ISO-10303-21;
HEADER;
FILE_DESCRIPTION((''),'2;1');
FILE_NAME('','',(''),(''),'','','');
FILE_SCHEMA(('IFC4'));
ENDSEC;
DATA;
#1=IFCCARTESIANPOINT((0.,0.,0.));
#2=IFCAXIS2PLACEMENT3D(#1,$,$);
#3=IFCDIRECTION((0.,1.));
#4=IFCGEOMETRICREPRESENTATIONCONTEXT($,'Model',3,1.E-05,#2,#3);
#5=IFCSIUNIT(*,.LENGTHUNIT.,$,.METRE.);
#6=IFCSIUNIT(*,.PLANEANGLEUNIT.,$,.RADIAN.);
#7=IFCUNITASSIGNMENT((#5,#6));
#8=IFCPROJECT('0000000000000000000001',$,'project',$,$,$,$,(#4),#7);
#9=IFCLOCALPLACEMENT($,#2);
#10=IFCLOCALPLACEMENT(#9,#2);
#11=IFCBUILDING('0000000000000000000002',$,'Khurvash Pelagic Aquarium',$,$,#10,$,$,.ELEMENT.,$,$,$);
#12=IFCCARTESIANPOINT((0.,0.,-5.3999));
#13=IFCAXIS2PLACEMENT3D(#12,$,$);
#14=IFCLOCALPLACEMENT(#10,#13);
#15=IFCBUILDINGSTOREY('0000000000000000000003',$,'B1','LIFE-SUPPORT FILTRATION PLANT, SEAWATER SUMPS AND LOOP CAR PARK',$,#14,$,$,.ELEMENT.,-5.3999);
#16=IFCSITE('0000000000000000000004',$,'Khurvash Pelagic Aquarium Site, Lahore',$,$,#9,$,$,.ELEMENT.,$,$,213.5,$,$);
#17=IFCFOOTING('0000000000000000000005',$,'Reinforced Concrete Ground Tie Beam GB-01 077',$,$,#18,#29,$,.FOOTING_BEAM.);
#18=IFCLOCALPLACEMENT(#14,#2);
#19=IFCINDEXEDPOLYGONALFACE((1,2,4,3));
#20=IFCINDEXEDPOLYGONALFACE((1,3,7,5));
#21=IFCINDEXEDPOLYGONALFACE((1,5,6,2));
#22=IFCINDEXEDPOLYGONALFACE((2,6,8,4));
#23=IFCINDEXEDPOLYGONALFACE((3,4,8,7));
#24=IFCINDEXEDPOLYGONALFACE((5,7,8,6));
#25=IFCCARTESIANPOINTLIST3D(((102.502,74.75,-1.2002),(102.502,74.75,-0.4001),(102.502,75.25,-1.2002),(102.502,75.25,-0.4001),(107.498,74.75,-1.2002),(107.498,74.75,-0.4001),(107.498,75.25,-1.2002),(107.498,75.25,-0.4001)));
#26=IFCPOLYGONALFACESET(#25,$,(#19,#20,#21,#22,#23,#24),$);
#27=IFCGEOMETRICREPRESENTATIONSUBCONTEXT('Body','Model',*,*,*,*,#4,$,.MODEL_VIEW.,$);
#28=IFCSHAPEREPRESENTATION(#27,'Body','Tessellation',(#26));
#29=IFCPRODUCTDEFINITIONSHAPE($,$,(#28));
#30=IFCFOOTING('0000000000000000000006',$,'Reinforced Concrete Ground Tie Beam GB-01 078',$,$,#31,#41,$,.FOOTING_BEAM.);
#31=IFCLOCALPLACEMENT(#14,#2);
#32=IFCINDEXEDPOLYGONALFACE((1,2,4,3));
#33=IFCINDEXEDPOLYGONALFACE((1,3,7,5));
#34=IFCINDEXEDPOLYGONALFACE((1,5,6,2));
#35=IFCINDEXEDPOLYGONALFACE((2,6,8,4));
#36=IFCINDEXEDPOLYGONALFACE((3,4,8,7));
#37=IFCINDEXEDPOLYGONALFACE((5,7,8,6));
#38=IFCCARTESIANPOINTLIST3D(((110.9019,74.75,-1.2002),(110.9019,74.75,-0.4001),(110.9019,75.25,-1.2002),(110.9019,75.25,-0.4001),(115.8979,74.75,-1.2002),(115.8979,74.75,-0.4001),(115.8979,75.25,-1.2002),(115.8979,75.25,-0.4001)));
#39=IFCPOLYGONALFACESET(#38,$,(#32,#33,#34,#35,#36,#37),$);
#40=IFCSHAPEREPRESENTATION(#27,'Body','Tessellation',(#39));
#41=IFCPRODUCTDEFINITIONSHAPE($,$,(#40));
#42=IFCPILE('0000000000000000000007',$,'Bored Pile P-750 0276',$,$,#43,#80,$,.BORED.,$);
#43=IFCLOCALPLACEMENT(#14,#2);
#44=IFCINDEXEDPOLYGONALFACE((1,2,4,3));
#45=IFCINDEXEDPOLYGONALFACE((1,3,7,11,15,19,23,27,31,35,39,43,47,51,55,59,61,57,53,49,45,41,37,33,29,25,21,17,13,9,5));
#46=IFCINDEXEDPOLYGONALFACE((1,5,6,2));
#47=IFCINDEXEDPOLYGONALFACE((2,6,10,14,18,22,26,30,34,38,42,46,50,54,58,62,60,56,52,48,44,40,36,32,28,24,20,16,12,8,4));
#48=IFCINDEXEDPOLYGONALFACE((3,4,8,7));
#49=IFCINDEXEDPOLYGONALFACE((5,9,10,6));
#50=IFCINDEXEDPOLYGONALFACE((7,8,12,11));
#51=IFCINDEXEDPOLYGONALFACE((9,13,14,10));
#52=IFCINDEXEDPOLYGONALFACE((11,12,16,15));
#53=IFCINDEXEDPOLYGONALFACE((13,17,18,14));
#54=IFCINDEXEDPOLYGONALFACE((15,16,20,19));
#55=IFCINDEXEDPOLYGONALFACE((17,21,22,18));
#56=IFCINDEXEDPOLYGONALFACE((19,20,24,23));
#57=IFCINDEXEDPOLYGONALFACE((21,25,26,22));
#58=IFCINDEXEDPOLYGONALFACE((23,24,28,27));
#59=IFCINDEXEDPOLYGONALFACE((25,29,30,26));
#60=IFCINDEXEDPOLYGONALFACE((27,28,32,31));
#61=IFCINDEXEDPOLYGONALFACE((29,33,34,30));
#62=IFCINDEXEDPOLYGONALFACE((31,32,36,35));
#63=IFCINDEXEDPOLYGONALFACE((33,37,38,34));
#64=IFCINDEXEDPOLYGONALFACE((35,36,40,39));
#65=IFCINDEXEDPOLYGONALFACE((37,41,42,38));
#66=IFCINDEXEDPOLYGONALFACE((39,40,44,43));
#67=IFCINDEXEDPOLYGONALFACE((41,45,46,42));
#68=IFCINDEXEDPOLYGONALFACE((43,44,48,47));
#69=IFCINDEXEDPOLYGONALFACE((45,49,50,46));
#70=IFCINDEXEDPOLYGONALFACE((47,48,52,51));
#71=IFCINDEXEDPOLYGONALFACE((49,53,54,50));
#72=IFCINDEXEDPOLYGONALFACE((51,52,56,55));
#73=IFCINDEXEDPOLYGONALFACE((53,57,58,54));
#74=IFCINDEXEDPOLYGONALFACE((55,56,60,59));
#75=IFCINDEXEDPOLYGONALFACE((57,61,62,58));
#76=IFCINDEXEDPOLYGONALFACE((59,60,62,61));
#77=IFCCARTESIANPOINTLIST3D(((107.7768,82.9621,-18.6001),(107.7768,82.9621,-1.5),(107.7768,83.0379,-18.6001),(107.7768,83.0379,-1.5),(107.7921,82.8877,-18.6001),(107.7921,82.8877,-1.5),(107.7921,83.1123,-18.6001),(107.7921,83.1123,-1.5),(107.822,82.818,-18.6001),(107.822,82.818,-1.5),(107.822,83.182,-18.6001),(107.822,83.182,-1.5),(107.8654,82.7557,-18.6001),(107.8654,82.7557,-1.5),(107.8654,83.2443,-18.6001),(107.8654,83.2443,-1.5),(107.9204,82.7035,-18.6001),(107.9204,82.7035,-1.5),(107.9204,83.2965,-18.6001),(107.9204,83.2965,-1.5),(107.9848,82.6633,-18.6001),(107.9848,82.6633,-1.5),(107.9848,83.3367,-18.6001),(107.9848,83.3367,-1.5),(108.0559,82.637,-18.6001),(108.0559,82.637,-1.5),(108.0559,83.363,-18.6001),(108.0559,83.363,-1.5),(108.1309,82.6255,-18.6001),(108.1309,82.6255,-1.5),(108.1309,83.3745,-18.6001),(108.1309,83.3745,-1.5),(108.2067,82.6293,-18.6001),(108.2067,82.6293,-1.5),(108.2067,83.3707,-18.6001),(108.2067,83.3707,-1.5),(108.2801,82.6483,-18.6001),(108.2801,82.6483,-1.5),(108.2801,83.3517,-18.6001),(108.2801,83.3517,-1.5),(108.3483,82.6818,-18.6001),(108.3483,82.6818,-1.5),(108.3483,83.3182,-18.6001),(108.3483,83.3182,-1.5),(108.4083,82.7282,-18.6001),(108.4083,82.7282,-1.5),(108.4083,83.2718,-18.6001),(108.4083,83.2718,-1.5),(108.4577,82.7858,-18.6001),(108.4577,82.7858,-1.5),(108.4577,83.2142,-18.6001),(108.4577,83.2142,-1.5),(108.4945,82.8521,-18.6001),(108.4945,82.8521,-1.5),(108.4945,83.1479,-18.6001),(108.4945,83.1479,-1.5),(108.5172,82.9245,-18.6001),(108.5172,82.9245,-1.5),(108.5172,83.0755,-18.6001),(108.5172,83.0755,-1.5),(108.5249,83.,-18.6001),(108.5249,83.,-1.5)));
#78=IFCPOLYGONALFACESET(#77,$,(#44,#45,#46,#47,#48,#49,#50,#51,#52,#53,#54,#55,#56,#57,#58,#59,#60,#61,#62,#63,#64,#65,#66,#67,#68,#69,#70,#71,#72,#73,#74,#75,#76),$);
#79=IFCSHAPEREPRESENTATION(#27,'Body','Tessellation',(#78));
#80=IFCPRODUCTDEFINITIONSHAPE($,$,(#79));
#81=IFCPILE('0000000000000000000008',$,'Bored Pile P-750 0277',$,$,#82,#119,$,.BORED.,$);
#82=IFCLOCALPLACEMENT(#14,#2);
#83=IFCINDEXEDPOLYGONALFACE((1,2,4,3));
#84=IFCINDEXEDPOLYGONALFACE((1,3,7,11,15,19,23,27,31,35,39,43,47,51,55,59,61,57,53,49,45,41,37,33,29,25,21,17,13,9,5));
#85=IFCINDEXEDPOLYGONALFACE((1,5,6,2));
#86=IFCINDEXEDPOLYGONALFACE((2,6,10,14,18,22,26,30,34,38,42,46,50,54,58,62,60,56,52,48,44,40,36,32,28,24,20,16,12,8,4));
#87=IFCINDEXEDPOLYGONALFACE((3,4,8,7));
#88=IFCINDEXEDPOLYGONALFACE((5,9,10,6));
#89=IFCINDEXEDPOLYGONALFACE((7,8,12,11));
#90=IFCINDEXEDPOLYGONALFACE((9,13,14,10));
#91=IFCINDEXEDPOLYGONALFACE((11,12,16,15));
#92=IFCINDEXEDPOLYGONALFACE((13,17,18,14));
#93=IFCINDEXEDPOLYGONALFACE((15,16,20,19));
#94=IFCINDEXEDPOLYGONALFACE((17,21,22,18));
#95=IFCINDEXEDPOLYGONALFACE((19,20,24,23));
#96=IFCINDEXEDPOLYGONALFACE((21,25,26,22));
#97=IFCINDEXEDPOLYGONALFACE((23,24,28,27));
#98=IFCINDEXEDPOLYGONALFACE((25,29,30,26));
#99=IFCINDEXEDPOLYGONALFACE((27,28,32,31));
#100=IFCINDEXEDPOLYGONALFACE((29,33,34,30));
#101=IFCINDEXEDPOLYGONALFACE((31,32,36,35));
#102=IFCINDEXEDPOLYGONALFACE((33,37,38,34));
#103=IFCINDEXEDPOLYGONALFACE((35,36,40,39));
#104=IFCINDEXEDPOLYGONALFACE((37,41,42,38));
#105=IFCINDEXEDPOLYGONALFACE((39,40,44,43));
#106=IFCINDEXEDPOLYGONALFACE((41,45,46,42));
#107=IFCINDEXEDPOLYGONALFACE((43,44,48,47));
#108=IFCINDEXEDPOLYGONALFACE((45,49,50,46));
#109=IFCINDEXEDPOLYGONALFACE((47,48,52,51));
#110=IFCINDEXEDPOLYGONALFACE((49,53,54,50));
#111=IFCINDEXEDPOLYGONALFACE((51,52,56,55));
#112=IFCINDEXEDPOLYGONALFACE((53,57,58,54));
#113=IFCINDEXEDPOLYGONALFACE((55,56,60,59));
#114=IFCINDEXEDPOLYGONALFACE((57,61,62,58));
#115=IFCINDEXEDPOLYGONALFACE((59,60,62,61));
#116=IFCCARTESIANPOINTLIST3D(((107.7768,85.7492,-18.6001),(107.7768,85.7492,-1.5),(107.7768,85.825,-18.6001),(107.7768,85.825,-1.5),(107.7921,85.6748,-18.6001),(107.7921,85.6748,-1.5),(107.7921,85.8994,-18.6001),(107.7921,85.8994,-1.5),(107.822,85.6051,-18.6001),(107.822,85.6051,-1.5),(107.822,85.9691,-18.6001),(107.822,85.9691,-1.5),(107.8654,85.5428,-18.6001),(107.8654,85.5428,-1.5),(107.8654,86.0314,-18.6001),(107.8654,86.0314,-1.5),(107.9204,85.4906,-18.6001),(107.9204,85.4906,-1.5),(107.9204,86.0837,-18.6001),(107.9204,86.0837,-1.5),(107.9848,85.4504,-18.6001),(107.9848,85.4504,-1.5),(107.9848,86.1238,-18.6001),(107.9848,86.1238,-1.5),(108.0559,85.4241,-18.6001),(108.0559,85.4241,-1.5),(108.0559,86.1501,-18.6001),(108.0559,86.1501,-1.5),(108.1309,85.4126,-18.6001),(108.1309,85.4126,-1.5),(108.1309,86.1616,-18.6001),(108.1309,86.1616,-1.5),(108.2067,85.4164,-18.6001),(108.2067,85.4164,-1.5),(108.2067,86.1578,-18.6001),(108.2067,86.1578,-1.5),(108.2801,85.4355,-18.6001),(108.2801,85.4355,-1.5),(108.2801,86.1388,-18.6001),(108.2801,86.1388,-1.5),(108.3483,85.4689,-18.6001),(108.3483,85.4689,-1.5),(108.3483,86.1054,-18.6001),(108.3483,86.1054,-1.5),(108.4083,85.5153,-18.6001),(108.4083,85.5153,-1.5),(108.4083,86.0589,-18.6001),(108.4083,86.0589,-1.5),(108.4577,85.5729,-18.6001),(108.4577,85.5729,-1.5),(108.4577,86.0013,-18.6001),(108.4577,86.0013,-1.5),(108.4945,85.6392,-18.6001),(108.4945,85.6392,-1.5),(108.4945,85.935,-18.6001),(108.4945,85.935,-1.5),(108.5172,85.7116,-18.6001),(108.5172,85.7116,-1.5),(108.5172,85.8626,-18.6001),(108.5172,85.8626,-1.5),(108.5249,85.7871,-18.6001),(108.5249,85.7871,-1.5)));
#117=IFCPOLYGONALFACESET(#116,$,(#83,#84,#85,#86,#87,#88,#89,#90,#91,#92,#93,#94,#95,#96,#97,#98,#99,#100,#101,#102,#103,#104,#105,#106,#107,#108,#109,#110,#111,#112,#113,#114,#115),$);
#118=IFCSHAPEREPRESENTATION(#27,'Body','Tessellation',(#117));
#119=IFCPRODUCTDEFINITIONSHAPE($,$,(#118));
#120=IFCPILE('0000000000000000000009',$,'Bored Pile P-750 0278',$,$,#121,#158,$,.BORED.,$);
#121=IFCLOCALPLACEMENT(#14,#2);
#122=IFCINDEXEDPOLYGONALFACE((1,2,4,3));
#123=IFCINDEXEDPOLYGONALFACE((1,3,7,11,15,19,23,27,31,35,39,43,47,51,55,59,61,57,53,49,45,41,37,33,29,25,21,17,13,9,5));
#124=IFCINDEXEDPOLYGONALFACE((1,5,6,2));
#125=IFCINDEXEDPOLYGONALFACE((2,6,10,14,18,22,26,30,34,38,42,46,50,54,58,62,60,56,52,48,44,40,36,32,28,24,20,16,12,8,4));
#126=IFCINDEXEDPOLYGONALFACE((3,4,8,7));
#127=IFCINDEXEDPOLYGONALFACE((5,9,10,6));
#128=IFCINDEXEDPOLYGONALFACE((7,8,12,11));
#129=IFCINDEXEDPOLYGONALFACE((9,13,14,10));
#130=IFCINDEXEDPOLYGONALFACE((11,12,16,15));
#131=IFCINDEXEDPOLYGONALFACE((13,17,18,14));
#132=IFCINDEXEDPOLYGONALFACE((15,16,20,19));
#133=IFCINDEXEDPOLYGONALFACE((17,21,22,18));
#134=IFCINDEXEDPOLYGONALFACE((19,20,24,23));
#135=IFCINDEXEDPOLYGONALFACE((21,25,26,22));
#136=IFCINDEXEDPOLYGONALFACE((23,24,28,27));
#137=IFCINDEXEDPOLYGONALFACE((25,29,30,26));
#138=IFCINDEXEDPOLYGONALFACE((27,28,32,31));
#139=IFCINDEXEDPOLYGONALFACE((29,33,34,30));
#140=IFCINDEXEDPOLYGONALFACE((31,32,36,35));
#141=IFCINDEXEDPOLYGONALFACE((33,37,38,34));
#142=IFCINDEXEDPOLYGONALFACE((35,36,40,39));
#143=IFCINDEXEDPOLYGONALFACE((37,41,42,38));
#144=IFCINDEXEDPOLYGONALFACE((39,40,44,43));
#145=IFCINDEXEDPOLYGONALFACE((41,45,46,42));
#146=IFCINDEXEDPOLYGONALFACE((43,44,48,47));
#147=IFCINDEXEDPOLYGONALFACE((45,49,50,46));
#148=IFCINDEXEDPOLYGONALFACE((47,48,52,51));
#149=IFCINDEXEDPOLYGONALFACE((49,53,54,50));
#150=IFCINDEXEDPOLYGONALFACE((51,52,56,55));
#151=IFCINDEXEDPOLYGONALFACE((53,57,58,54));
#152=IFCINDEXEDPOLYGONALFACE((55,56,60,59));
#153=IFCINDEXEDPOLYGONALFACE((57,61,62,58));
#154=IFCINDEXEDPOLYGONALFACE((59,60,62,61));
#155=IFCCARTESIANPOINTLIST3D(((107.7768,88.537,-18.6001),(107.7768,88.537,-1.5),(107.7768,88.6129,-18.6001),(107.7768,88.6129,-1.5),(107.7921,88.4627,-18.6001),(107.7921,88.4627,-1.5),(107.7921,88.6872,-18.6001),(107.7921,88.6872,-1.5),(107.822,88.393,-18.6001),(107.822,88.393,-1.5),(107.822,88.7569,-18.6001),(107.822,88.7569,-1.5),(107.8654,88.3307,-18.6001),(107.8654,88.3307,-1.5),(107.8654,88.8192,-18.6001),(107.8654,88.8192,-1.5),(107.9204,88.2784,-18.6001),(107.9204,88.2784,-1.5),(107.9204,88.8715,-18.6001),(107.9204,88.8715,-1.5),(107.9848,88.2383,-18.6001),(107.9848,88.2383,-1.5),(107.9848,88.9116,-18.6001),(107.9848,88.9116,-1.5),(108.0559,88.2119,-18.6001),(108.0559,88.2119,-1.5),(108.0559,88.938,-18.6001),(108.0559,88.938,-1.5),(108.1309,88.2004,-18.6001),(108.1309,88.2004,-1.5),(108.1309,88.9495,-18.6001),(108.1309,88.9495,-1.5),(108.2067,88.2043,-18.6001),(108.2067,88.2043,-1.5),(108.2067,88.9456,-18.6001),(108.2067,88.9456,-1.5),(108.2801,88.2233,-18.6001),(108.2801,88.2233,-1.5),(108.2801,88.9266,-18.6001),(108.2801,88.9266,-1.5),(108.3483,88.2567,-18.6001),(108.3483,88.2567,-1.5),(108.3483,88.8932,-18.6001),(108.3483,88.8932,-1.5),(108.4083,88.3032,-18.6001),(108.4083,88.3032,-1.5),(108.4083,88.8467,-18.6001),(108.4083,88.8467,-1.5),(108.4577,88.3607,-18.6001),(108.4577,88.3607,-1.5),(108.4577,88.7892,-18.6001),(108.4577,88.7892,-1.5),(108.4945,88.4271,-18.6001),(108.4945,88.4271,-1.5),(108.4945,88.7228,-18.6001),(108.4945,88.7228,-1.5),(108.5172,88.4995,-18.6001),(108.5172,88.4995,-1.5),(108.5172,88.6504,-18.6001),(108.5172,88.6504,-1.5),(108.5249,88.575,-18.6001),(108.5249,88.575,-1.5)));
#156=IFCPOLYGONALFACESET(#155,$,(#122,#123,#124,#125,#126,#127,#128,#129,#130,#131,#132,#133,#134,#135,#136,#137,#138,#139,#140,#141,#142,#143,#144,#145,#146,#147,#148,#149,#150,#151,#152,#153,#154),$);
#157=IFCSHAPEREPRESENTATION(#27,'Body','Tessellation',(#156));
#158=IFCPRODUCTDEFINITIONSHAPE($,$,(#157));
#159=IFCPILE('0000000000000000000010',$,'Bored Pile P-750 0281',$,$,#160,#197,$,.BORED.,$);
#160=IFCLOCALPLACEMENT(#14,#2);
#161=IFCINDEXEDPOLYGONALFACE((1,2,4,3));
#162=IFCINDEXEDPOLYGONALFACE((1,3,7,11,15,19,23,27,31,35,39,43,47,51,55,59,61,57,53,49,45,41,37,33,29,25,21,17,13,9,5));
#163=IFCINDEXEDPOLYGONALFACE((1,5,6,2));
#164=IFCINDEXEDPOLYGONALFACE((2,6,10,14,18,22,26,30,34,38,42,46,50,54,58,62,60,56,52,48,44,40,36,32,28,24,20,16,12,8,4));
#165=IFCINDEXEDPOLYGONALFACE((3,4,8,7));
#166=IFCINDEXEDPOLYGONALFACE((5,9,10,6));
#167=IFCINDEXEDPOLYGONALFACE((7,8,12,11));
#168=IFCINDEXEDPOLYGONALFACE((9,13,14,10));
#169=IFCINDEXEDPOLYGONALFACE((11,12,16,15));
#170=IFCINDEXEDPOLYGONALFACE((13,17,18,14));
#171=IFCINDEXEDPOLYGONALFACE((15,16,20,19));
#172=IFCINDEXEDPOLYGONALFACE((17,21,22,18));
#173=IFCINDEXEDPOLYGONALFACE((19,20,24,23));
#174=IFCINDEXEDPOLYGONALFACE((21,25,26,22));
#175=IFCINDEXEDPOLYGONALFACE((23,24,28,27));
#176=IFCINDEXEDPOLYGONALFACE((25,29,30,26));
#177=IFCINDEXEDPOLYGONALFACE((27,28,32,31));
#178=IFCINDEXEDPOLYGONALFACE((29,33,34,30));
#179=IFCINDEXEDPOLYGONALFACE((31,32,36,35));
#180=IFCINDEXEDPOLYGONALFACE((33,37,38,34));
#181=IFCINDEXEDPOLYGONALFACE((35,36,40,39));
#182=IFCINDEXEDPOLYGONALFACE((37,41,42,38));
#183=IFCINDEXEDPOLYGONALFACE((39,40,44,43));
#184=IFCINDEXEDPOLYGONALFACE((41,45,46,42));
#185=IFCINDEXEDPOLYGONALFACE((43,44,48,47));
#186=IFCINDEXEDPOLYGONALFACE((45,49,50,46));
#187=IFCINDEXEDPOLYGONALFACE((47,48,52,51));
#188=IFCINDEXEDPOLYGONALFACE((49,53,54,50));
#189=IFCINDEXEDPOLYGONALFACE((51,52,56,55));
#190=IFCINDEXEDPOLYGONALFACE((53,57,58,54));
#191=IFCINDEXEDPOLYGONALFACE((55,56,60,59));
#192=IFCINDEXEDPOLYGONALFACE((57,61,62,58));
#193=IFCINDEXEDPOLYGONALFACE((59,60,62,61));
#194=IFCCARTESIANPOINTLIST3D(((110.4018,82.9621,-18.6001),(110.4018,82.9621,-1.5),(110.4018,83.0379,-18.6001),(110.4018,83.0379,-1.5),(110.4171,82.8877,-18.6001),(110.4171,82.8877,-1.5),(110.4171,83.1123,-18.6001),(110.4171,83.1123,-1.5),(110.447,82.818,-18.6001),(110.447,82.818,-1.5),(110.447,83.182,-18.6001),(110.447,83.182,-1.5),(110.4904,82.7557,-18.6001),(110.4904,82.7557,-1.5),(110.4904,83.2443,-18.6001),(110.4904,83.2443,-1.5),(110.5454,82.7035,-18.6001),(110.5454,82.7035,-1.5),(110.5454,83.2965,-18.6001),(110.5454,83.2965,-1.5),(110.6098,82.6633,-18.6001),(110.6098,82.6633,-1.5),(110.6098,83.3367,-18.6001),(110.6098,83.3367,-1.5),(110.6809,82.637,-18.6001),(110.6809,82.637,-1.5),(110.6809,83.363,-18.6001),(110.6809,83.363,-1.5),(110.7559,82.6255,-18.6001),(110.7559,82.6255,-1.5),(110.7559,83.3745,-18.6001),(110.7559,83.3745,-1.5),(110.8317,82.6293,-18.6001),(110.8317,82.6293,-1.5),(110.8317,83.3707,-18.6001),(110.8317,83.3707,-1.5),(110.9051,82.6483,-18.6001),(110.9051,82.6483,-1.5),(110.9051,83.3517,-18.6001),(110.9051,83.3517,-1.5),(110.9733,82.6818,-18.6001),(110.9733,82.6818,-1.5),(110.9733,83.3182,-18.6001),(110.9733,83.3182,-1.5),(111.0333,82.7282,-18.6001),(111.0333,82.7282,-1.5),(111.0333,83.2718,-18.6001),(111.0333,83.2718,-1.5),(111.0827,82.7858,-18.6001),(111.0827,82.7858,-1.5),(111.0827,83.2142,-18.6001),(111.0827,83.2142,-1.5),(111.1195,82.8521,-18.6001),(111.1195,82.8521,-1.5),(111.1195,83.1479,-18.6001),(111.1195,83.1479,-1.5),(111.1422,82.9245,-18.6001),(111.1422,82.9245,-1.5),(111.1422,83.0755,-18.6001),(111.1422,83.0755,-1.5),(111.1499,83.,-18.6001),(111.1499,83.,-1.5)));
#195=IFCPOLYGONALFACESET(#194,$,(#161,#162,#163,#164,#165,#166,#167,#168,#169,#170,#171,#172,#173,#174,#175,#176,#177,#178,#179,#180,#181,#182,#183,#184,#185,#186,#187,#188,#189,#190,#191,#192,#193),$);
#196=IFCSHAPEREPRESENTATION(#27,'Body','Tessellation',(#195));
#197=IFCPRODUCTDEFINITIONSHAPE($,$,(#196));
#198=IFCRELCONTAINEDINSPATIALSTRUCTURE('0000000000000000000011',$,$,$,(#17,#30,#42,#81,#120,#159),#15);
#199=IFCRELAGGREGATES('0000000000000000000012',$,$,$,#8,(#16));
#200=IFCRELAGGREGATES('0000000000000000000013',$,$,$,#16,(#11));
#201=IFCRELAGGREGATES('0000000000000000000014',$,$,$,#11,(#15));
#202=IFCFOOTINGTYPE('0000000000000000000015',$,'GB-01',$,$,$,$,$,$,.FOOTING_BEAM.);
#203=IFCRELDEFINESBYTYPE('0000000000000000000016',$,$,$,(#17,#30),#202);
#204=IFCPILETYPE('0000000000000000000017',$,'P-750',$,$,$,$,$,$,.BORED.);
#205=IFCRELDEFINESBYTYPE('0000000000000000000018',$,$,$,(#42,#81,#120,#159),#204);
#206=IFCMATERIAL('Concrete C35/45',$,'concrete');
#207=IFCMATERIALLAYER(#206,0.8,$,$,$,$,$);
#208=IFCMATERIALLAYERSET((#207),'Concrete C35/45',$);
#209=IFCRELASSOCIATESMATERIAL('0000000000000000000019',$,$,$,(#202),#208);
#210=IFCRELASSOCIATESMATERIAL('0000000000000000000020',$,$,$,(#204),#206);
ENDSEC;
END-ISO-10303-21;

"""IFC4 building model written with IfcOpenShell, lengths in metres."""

from ifc_helpers import new_model, si_unit, direction, frame, origin, origin_2d, place, context, subcontext, project, spatial, rectangle, circle, extrude, material, layer, layer_set, material_profile, profile_set, type_object, element, save


model = new_model("IFC4")

# Units and contexts
model_context = context("Model", 3, precision=1e-05, world=origin(), true_north=direction((0.0, 1.0)))
body_context = subcontext(model_context, "Body", "Model", "MODEL_VIEW")
ifc_project = project(units=[si_unit("LENGTHUNIT", "METRE"), si_unit("PLANEANGLEUNIT", "RADIAN")], contexts=[model_context])

# Site, building, storey
site_placement = place(None, origin())
site = spatial("IfcSite", under=ifc_project, at=site_placement, Name="Khurvash Pelagic Aquarium Site, Lahore", CompositionType="ELEMENT", RefElevation=213.5)
building_placement = place(site_placement, origin())
building = spatial("IfcBuilding", under=site, at=building_placement, Name="Khurvash Pelagic Aquarium", CompositionType="ELEMENT")
storey_placement = place(building_placement, frame((0.0, 0.0, -5.3999)))
storey = spatial("IfcBuildingStorey", under=building, at=storey_placement, Name="B1", Description="LIFE-SUPPORT FILTRATION PLANT, SEAWATER SUMPS AND LOOP CAR PARK", CompositionType="ELEMENT", Elevation=-5.3999)

# Footings
ifc_material_1 = material(Name="Concrete C35/45", Category="concrete")
ifc_layer_1 = layer(ifc_material_1, 0.8)
ifc_layer_set_1 = layer_set([ifc_layer_1], Name="Concrete C35/45")
footing_type_1 = type_object("IfcFootingType", Name="GB-01", PredefinedType="FOOTING_BEAM", material=ifc_layer_set_1)
for number, where, z_axis, x_axis, name in (
    (1, (105.0, 75.0, -1.2002), (0.0, 0.0, 1.0), (1.0, 0.0, 0.0), "Reinforced Concrete Ground Tie Beam GB-01 077"),
    (2, (113.3999, 75.0, -1.2002), (0.0, 0.0, 1.0), (1.0, 0.0, 0.0), "Reinforced Concrete Ground Tie Beam GB-01 078"),
):
    element("IfcFooting", number, at=place(storey_placement, frame(where, z_axis=z_axis, x_axis=x_axis)), inside=storey, type_object=footing_type_1, Name=name, PredefinedType="FOOTING_BEAM", context=body_context, shape_type="SweptSolid", body=[
        extrude(rectangle(XDim=4.9961, YDim=0.5, at=origin_2d()), origin(), (0.0, 0.0, 1.0), 0.8),
    ])

# Piles
ifc_material_profile_1 = material_profile(ifc_material_1, circle(Radius=0.375, at=origin_2d()), Name="PILE750")
ifc_profile_set_1 = profile_set([ifc_material_profile_1], Name="Concrete C35/45")
pile_type = type_object("IfcPileType", Name="P-750", PredefinedType="BORED", material=ifc_profile_set_1)
for number, where, z_axis, x_axis, name in (
    (3, (108.1499, 83.0, -1.5), (0.0, 0.0, -1.0), (1.0, 0.0, 0.0), "Bored Pile P-750 0276"),
    (4, (108.1499, 85.7871, -1.5), (0.0, 0.0, -1.0), (1.0, 0.0, 0.0), "Bored Pile P-750 0277"),
    (5, (108.1499, 88.575, -1.5), (0.0, 0.0, -1.0), (1.0, 0.0, 0.0), "Bored Pile P-750 0278"),
    (6, (110.7749, 83.0, -1.5), (0.0, 0.0, -1.0), (1.0, 0.0, 0.0), "Bored Pile P-750 0281"),
):
    element("IfcPile", number, at=place(storey_placement, frame(where, z_axis=z_axis, x_axis=x_axis)), inside=storey, type_object=pile_type, Name=name, PredefinedType="BORED", context=body_context, shape_type="SweptSolid", body=[
        extrude(circle(Radius=0.375, at=origin_2d()), origin(), (0.0, 0.0, 1.0), 17.1001),
    ])

save(model, "model.ifc")
